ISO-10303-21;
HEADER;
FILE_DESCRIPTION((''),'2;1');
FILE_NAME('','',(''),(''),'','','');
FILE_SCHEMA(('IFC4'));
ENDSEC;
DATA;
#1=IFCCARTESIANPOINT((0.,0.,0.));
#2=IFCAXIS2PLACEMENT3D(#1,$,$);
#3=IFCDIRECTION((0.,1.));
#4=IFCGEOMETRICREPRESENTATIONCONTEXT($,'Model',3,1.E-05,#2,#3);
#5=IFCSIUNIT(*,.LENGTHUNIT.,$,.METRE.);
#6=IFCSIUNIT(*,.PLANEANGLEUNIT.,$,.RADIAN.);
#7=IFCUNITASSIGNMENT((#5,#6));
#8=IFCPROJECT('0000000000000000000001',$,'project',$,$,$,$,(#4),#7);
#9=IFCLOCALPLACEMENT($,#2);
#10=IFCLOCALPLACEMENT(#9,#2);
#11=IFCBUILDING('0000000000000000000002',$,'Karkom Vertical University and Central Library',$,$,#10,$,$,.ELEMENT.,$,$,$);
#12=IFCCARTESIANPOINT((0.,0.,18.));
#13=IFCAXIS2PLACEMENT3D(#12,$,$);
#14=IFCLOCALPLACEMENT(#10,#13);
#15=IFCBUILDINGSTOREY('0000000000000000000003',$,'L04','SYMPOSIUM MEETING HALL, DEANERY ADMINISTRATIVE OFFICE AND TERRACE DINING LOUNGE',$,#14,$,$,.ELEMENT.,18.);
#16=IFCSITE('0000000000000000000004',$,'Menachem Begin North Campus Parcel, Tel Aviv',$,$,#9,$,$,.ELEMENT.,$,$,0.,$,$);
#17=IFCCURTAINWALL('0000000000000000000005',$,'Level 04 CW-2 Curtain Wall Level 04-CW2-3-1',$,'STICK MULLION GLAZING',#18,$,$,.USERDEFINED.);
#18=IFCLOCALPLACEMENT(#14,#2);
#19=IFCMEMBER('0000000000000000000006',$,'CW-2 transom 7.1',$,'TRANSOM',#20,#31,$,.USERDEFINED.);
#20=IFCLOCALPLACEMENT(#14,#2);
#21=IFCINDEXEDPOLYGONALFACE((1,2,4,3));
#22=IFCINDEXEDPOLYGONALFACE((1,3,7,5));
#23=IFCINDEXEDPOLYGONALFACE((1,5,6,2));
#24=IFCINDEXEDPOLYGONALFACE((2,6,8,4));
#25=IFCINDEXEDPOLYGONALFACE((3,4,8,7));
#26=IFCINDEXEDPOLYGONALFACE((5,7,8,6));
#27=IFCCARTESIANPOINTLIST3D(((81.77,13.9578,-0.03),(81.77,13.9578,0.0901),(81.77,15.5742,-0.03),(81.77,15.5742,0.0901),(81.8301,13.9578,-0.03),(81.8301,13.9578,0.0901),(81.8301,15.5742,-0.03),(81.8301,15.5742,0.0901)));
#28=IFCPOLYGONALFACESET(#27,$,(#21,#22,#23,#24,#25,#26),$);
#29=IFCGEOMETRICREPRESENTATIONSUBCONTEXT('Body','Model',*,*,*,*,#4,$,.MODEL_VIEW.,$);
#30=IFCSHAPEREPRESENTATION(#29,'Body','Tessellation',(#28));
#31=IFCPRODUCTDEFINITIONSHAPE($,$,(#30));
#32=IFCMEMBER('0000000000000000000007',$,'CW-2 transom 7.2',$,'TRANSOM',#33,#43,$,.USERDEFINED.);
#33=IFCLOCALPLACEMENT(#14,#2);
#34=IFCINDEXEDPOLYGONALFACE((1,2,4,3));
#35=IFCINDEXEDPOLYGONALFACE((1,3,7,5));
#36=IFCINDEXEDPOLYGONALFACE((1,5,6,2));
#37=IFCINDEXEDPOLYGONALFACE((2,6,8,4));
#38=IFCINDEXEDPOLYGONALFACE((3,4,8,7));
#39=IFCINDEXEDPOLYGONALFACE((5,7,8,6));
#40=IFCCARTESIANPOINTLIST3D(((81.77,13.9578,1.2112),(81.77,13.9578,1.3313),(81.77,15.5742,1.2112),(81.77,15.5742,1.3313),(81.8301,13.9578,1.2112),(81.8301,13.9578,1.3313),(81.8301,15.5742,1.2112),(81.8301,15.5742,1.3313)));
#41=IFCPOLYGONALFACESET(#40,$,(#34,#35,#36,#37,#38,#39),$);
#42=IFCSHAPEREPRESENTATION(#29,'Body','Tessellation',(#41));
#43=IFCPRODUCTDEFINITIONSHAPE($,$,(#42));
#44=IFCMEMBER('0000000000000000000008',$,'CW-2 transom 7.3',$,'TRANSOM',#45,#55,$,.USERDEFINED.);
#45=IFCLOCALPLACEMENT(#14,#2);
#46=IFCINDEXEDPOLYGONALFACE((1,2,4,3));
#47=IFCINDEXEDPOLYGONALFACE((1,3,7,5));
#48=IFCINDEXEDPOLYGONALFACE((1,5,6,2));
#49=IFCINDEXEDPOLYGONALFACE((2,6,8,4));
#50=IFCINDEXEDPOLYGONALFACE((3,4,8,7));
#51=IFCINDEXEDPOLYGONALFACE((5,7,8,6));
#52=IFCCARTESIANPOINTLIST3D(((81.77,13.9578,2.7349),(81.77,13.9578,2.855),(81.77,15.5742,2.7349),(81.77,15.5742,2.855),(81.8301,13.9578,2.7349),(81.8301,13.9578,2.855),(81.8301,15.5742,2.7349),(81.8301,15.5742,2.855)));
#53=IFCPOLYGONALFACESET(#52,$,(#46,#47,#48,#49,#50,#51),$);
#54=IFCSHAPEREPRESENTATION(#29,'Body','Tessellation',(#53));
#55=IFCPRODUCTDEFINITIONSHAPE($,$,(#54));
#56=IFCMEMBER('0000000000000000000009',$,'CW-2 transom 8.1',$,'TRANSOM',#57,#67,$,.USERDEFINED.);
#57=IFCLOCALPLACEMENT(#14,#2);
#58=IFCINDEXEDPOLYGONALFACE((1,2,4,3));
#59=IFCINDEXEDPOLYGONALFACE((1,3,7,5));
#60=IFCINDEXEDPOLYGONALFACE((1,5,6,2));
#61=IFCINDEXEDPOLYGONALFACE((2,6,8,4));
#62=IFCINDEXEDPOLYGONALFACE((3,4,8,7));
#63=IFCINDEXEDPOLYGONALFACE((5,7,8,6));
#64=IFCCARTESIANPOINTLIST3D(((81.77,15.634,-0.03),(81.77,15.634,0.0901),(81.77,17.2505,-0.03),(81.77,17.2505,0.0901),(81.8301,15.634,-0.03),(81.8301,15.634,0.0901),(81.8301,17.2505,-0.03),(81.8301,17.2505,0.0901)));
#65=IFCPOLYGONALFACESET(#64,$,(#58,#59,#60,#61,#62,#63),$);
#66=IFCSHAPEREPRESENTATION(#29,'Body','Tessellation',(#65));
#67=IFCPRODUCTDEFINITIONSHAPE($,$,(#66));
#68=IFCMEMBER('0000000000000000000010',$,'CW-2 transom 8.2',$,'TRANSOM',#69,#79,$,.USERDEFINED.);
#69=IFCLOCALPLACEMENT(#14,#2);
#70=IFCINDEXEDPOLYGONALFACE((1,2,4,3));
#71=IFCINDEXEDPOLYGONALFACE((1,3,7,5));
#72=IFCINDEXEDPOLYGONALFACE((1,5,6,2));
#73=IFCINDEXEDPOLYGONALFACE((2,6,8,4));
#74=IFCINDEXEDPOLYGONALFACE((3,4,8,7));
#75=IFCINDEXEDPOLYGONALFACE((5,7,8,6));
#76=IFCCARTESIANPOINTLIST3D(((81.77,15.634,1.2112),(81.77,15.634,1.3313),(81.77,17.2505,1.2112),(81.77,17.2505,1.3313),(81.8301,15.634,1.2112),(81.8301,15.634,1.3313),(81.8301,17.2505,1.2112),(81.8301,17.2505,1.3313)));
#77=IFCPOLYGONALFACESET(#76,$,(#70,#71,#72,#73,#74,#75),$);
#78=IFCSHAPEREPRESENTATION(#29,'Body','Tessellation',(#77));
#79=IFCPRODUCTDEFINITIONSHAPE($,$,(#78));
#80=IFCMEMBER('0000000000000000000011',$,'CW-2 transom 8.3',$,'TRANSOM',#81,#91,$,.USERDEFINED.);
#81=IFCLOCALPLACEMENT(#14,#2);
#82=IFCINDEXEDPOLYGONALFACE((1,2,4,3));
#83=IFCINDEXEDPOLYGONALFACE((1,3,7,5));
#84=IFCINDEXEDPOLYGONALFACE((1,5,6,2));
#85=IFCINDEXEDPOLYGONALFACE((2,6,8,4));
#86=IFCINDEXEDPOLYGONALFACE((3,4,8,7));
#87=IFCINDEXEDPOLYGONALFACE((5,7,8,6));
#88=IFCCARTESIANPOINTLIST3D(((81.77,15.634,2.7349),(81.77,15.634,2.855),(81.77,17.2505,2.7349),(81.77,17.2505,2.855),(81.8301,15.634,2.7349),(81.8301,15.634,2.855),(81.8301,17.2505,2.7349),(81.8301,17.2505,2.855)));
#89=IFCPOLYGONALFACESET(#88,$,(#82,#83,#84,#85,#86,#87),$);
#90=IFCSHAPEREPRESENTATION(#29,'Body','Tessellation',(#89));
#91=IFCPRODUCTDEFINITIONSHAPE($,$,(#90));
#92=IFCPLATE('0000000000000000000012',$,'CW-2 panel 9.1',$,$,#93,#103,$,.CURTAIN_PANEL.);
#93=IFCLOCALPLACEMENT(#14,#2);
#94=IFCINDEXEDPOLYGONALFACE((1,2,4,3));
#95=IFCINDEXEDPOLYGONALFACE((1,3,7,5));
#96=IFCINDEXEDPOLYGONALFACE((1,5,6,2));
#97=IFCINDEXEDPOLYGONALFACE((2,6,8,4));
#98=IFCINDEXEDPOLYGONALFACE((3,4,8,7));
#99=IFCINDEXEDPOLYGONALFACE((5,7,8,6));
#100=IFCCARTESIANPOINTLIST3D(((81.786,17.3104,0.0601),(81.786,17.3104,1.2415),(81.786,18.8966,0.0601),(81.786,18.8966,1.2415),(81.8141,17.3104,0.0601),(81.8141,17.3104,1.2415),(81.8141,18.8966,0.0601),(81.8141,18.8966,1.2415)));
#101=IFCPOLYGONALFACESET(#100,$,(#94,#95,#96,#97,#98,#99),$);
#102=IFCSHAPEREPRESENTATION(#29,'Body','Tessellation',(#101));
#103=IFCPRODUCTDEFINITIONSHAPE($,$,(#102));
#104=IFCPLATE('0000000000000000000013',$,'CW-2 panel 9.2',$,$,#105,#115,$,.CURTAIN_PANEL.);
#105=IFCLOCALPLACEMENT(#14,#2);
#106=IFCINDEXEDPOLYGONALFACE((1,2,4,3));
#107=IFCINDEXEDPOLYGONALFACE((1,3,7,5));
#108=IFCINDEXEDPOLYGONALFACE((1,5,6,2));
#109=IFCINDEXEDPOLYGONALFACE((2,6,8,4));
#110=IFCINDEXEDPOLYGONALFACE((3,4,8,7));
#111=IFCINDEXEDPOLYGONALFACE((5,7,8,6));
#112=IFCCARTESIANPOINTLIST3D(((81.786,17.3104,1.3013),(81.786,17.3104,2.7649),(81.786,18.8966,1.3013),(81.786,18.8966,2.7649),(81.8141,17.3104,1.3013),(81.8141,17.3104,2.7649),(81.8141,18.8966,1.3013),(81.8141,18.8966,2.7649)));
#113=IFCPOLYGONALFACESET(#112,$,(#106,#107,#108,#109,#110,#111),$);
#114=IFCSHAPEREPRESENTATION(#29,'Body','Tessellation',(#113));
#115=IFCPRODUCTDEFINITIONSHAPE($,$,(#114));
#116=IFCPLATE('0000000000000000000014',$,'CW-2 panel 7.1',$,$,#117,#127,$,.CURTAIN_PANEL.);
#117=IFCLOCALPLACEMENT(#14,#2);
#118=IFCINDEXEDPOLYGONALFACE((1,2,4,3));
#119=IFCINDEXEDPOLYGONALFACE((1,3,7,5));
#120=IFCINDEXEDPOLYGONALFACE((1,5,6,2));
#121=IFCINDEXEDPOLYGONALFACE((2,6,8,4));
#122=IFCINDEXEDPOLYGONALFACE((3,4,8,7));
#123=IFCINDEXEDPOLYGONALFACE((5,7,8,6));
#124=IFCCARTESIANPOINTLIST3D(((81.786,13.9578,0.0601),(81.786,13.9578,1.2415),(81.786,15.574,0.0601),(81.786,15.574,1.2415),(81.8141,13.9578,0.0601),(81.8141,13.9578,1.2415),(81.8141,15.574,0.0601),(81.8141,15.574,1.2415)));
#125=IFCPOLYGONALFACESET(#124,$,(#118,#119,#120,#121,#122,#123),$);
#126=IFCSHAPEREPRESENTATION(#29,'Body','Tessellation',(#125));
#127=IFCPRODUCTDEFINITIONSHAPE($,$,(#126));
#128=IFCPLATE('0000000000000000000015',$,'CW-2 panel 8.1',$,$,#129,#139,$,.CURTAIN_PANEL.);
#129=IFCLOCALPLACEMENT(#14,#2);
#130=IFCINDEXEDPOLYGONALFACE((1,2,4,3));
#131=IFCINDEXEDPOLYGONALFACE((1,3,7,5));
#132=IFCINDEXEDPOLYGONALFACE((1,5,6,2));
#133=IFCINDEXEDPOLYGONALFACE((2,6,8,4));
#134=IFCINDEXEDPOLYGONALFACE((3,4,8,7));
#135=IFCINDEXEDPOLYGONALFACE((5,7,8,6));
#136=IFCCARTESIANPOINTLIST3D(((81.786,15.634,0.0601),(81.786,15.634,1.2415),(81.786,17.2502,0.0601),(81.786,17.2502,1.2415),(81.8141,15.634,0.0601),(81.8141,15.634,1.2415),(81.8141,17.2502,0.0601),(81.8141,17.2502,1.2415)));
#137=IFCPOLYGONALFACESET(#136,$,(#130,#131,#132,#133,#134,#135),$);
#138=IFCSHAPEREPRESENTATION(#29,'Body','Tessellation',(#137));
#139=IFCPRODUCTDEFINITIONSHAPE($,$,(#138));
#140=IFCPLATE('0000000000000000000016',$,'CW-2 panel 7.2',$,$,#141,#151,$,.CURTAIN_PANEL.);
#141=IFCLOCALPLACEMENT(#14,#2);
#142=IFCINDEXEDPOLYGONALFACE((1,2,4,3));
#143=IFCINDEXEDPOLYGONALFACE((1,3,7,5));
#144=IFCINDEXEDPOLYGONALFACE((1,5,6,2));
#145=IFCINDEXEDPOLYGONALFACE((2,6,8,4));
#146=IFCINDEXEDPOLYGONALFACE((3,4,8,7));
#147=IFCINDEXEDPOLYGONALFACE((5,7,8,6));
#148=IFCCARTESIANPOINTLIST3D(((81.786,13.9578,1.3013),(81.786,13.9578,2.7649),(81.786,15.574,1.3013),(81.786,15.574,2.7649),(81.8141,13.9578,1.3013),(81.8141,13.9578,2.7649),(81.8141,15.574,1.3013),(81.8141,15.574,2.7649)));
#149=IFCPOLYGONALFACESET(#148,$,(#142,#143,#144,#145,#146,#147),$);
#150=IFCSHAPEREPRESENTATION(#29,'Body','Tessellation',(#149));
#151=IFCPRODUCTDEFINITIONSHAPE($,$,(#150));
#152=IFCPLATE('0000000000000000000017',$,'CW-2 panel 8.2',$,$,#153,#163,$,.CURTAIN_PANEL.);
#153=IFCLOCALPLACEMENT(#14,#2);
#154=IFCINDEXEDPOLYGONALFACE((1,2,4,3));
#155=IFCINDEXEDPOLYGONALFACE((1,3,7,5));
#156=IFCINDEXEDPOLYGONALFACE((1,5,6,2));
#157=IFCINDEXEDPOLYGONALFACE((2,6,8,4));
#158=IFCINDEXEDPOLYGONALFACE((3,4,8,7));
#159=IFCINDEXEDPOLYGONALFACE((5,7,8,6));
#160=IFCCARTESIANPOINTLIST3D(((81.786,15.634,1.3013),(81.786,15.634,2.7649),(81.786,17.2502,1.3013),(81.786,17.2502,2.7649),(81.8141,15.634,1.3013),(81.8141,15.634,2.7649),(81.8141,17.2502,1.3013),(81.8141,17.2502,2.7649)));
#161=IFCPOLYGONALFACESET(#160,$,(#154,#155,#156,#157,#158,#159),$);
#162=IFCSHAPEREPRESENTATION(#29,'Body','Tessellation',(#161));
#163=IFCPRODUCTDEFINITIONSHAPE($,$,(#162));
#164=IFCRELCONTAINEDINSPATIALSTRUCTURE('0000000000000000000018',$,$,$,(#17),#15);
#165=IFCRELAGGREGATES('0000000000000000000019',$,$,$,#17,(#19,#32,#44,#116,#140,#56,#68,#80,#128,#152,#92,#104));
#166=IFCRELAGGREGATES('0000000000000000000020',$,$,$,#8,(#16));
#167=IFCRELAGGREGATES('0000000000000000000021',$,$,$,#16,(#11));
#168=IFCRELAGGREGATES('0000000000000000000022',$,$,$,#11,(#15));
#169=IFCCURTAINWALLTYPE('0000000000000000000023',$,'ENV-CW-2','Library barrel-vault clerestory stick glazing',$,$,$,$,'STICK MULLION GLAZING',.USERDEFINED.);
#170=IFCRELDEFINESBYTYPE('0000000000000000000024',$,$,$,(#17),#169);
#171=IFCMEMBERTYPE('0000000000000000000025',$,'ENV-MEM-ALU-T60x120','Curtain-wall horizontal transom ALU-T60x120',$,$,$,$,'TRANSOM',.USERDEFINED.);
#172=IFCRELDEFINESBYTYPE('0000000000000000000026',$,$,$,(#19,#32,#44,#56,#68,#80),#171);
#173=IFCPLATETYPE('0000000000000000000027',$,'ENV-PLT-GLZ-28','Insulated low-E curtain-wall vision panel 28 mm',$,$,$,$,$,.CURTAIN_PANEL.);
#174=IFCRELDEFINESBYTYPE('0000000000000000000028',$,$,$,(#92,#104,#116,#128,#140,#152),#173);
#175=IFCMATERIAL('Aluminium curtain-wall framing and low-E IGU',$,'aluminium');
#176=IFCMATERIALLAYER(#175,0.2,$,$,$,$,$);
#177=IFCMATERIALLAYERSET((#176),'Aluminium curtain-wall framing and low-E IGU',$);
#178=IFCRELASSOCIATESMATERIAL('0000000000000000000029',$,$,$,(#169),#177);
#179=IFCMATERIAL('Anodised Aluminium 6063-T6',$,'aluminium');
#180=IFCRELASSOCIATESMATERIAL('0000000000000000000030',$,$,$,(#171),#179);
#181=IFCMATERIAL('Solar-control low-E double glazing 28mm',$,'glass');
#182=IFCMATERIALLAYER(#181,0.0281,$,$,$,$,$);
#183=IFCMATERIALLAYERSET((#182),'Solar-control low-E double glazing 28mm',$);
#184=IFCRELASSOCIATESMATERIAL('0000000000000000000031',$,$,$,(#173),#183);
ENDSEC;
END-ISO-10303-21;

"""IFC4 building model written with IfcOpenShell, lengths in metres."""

from ifc_helpers import new_model, si_unit, direction, frame, origin, origin_with_axes, origin_2d, place, context, subcontext, project, spatial, rectangle, extrude, source, transform, mapped, material, layer, layer_set, material_profile, profile_set, type_object, element, aggregate, save


model = new_model("IFC4")

# Units and contexts
model_context = context("Model", 3, precision=1e-05, world=origin(), true_north=direction((0.0, 1.0)))
body_context = subcontext(model_context, "Body", "Model", "MODEL_VIEW")
ifc_project = project(units=[si_unit("LENGTHUNIT", "METRE"), si_unit("PLANEANGLEUNIT", "RADIAN")], contexts=[model_context])

# Site, building, storey
site_placement = place(None, origin())
site = spatial("IfcSite", under=ifc_project, at=site_placement, Name="Menachem Begin North Campus Parcel, Tel Aviv", CompositionType="ELEMENT", RefElevation=0.0)
building_placement = place(site_placement, origin())
building = spatial("IfcBuilding", under=site, at=building_placement, Name="Karkom Vertical University and Central Library", CompositionType="ELEMENT")
storey_placement = place(building_placement, frame((0.0, 0.0, 18.0)))
storey = spatial("IfcBuildingStorey", under=building, at=storey_placement, Name="L04", Description="SYMPOSIUM MEETING HALL, DEANERY ADMINISTRATIVE OFFICE AND TERRACE DINING LOUNGE", CompositionType="ELEMENT", Elevation=18.0)

# Curtain wall
ifc_material_1 = material(Name="Aluminium curtain-wall framing and low-E IGU", Category="aluminium")
ifc_layer_1 = layer(ifc_material_1, 0.2)
ifc_layer_set_1 = layer_set([ifc_layer_1], Name="Aluminium curtain-wall framing and low-E IGU")
curtain_wall_type = type_object("IfcCurtainWallType", Name="ENV-CW-2", Description="Library barrel-vault clerestory stick glazing", ElementType="STICK MULLION GLAZING", PredefinedType="USERDEFINED", material=ifc_layer_set_1)
curtain_wall_1_placement = place(storey_placement, origin())
curtain_wall_1 = element("IfcCurtainWall", 1, at=curtain_wall_1_placement, inside=storey, type_object=curtain_wall_type, Name="Level 04 CW-2 Curtain Wall Level 04-CW2-3-1", ObjectType="STICK MULLION GLAZING", PredefinedType="USERDEFINED")
ifc_material_2 = material(Name="Anodised Aluminium 6063-T6", Category="aluminium")

# Members
ifc_material_profile_1 = material_profile(ifc_material_2, rectangle(XDim=0.0601, YDim=0.1201, at=origin_2d()), Name="ALU-T60x120")
ifc_profile_set_1 = profile_set([ifc_material_profile_1], Name="Anodised Aluminium 6063-T6")
member_type_1 = type_object("IfcMemberType", Name="ENV-MEM-ALU-T60x120", Description="Curtain-wall horizontal transom ALU-T60x120", ElementType="TRANSOM", PredefinedType="USERDEFINED", material=ifc_profile_set_1)
shared_shape_1 = source(origin_with_axes(), body_context, "Body", "SweptSolid", [
    extrude(rectangle(XDim=0.0601, YDim=0.1201, at=origin_2d()), origin(), (0.0, 0.0, 1.0), 1.6165),
])
member_1_placement = place(storey_placement, frame((81.8, 13.9578, 0.03), z_axis=(0.0, 1.0, 0.0), x_axis=(-1.0, 0.0, 0.0)))
member_1 = element("IfcMember", 2, at=member_1_placement, type_object=member_type_1, Name="CW-2 transom 7.1", ObjectType="TRANSOM", PredefinedType="USERDEFINED", context=body_context, shape_type="MappedRepresentation", body=[
    mapped(shared_shape_1, transform((0.0, 0.0, 0.0), scale=1.0)),
])
member_2_placement = place(storey_placement, frame((81.8, 13.9578, 1.2712), z_axis=(0.0, 1.0, 0.0), x_axis=(-1.0, 0.0, 0.0)))
member_2 = element("IfcMember", 3, at=member_2_placement, type_object=member_type_1, Name="CW-2 transom 7.2", ObjectType="TRANSOM", PredefinedType="USERDEFINED", context=body_context, shape_type="MappedRepresentation", body=[
    mapped(shared_shape_1, transform((0.0, 0.0, 0.0), scale=1.0)),
])
member_3_placement = place(storey_placement, frame((81.8, 13.9578, 2.7949), z_axis=(0.0, 1.0, 0.0), x_axis=(-1.0, 0.0, 0.0)))
member_3 = element("IfcMember", 4, at=member_3_placement, type_object=member_type_1, Name="CW-2 transom 7.3", ObjectType="TRANSOM", PredefinedType="USERDEFINED", context=body_context, shape_type="MappedRepresentation", body=[
    mapped(shared_shape_1, transform((0.0, 0.0, 0.0), scale=1.0)),
])
member_4_placement = place(storey_placement, frame((81.8, 15.634, 0.03), z_axis=(0.0, 1.0, 0.0), x_axis=(-1.0, 0.0, 0.0)))
member_4 = element("IfcMember", 5, at=member_4_placement, type_object=member_type_1, Name="CW-2 transom 8.1", ObjectType="TRANSOM", PredefinedType="USERDEFINED", context=body_context, shape_type="MappedRepresentation", body=[
    mapped(shared_shape_1, transform((0.0, 0.0, 0.0), scale=1.0)),
])
member_5_placement = place(storey_placement, frame((81.8, 15.634, 1.2712), z_axis=(0.0, 1.0, 0.0), x_axis=(-1.0, 0.0, 0.0)))
member_5 = element("IfcMember", 6, at=member_5_placement, type_object=member_type_1, Name="CW-2 transom 8.2", ObjectType="TRANSOM", PredefinedType="USERDEFINED", context=body_context, shape_type="MappedRepresentation", body=[
    mapped(shared_shape_1, transform((0.0, 0.0, 0.0), scale=1.0)),
])
member_6_placement = place(storey_placement, frame((81.8, 15.634, 2.7949), z_axis=(0.0, 1.0, 0.0), x_axis=(-1.0, 0.0, 0.0)))
member_6 = element("IfcMember", 7, at=member_6_placement, type_object=member_type_1, Name="CW-2 transom 8.3", ObjectType="TRANSOM", PredefinedType="USERDEFINED", context=body_context, shape_type="MappedRepresentation", body=[
    mapped(shared_shape_1, transform((0.0, 0.0, 0.0), scale=1.0)),
])

# Plates
ifc_material_3 = material(Name="Solar-control low-E double glazing 28mm", Category="glass")
ifc_layer_2 = layer(ifc_material_3, 0.0281)
ifc_layer_set_2 = layer_set([ifc_layer_2], Name="Solar-control low-E double glazing 28mm")
plate_type = type_object("IfcPlateType", Name="ENV-PLT-GLZ-28", Description="Insulated low-E curtain-wall vision panel 28 mm", PredefinedType="CURTAIN_PANEL", material=ifc_layer_set_2)
shared_shape_2 = source(origin_with_axes(), body_context, "Body", "SweptSolid", [
    extrude(rectangle(XDim=1.5862, YDim=0.0281, at=origin_2d()), origin(), (0.0, 0.0, 1.0), 1.1814),
])
plate_1_placement = place(storey_placement, frame((81.8, 18.1035, 0.0601), z_axis=(0.0, 0.0, 1.0), x_axis=(0.0, 1.0, 0.0)))
plate_1 = element("IfcPlate", 8, at=plate_1_placement, type_object=plate_type, Name="CW-2 panel 9.1", PredefinedType="CURTAIN_PANEL", context=body_context, shape_type="MappedRepresentation", body=[
    mapped(shared_shape_2, transform((0.0, 0.0, 0.0), scale=1.0)),
])
shared_shape_3 = source(origin_with_axes(), body_context, "Body", "SweptSolid", [
    extrude(rectangle(XDim=1.5862, YDim=0.0281, at=origin_2d()), origin(), (0.0, 0.0, 1.0), 1.4636),
])
plate_2_placement = place(storey_placement, frame((81.8, 18.1035, 1.3013), z_axis=(0.0, 0.0, 1.0), x_axis=(0.0, 1.0, 0.0)))
plate_2 = element("IfcPlate", 9, at=plate_2_placement, type_object=plate_type, Name="CW-2 panel 9.2", PredefinedType="CURTAIN_PANEL", context=body_context, shape_type="MappedRepresentation", body=[
    mapped(shared_shape_3, transform((0.0, 0.0, 0.0), scale=1.0)),
])
shared_shape_4 = source(origin_with_axes(), body_context, "Body", "SweptSolid", [
    extrude(rectangle(XDim=1.6162, YDim=0.0281, at=origin_2d()), origin(), (0.0, 0.0, 1.0), 1.1814),
])
plate_3_placement = place(storey_placement, frame((81.8, 14.7659, 0.0601), z_axis=(0.0, 0.0, 1.0), x_axis=(0.0, 1.0, 0.0)))
plate_3 = element("IfcPlate", 10, at=plate_3_placement, type_object=plate_type, Name="CW-2 panel 7.1", PredefinedType="CURTAIN_PANEL", context=body_context, shape_type="MappedRepresentation", body=[
    mapped(shared_shape_4, transform((0.0, 0.0, 0.0), scale=1.0)),
])
plate_4_placement = place(storey_placement, frame((81.8, 16.4421, 0.0601), z_axis=(0.0, 0.0, 1.0), x_axis=(0.0, 1.0, 0.0)))
plate_4 = element("IfcPlate", 11, at=plate_4_placement, type_object=plate_type, Name="CW-2 panel 8.1", PredefinedType="CURTAIN_PANEL", context=body_context, shape_type="MappedRepresentation", body=[
    mapped(shared_shape_4, transform((0.0, 0.0, 0.0), scale=1.0)),
])
shared_shape_5 = source(origin_with_axes(), body_context, "Body", "SweptSolid", [
    extrude(rectangle(XDim=1.6162, YDim=0.0281, at=origin_2d()), origin(), (0.0, 0.0, 1.0), 1.4636),
])
plate_5_placement = place(storey_placement, frame((81.8, 14.7659, 1.3013), z_axis=(0.0, 0.0, 1.0), x_axis=(0.0, 1.0, 0.0)))
plate_5 = element("IfcPlate", 12, at=plate_5_placement, type_object=plate_type, Name="CW-2 panel 7.2", PredefinedType="CURTAIN_PANEL", context=body_context, shape_type="MappedRepresentation", body=[
    mapped(shared_shape_5, transform((0.0, 0.0, 0.0), scale=1.0)),
])
plate_6_placement = place(storey_placement, frame((81.8, 16.4421, 1.3013), z_axis=(0.0, 0.0, 1.0), x_axis=(0.0, 1.0, 0.0)))
plate_6 = element("IfcPlate", 13, at=plate_6_placement, type_object=plate_type, Name="CW-2 panel 8.2", PredefinedType="CURTAIN_PANEL", context=body_context, shape_type="MappedRepresentation", body=[
    mapped(shared_shape_5, transform((0.0, 0.0, 0.0), scale=1.0)),
])
aggregate(curtain_wall_1, [member_1, member_2, member_3, plate_3, plate_5, member_4, member_5, member_6, plate_4, plate_6, plate_1, plate_2])

save(model, "model.ifc")
